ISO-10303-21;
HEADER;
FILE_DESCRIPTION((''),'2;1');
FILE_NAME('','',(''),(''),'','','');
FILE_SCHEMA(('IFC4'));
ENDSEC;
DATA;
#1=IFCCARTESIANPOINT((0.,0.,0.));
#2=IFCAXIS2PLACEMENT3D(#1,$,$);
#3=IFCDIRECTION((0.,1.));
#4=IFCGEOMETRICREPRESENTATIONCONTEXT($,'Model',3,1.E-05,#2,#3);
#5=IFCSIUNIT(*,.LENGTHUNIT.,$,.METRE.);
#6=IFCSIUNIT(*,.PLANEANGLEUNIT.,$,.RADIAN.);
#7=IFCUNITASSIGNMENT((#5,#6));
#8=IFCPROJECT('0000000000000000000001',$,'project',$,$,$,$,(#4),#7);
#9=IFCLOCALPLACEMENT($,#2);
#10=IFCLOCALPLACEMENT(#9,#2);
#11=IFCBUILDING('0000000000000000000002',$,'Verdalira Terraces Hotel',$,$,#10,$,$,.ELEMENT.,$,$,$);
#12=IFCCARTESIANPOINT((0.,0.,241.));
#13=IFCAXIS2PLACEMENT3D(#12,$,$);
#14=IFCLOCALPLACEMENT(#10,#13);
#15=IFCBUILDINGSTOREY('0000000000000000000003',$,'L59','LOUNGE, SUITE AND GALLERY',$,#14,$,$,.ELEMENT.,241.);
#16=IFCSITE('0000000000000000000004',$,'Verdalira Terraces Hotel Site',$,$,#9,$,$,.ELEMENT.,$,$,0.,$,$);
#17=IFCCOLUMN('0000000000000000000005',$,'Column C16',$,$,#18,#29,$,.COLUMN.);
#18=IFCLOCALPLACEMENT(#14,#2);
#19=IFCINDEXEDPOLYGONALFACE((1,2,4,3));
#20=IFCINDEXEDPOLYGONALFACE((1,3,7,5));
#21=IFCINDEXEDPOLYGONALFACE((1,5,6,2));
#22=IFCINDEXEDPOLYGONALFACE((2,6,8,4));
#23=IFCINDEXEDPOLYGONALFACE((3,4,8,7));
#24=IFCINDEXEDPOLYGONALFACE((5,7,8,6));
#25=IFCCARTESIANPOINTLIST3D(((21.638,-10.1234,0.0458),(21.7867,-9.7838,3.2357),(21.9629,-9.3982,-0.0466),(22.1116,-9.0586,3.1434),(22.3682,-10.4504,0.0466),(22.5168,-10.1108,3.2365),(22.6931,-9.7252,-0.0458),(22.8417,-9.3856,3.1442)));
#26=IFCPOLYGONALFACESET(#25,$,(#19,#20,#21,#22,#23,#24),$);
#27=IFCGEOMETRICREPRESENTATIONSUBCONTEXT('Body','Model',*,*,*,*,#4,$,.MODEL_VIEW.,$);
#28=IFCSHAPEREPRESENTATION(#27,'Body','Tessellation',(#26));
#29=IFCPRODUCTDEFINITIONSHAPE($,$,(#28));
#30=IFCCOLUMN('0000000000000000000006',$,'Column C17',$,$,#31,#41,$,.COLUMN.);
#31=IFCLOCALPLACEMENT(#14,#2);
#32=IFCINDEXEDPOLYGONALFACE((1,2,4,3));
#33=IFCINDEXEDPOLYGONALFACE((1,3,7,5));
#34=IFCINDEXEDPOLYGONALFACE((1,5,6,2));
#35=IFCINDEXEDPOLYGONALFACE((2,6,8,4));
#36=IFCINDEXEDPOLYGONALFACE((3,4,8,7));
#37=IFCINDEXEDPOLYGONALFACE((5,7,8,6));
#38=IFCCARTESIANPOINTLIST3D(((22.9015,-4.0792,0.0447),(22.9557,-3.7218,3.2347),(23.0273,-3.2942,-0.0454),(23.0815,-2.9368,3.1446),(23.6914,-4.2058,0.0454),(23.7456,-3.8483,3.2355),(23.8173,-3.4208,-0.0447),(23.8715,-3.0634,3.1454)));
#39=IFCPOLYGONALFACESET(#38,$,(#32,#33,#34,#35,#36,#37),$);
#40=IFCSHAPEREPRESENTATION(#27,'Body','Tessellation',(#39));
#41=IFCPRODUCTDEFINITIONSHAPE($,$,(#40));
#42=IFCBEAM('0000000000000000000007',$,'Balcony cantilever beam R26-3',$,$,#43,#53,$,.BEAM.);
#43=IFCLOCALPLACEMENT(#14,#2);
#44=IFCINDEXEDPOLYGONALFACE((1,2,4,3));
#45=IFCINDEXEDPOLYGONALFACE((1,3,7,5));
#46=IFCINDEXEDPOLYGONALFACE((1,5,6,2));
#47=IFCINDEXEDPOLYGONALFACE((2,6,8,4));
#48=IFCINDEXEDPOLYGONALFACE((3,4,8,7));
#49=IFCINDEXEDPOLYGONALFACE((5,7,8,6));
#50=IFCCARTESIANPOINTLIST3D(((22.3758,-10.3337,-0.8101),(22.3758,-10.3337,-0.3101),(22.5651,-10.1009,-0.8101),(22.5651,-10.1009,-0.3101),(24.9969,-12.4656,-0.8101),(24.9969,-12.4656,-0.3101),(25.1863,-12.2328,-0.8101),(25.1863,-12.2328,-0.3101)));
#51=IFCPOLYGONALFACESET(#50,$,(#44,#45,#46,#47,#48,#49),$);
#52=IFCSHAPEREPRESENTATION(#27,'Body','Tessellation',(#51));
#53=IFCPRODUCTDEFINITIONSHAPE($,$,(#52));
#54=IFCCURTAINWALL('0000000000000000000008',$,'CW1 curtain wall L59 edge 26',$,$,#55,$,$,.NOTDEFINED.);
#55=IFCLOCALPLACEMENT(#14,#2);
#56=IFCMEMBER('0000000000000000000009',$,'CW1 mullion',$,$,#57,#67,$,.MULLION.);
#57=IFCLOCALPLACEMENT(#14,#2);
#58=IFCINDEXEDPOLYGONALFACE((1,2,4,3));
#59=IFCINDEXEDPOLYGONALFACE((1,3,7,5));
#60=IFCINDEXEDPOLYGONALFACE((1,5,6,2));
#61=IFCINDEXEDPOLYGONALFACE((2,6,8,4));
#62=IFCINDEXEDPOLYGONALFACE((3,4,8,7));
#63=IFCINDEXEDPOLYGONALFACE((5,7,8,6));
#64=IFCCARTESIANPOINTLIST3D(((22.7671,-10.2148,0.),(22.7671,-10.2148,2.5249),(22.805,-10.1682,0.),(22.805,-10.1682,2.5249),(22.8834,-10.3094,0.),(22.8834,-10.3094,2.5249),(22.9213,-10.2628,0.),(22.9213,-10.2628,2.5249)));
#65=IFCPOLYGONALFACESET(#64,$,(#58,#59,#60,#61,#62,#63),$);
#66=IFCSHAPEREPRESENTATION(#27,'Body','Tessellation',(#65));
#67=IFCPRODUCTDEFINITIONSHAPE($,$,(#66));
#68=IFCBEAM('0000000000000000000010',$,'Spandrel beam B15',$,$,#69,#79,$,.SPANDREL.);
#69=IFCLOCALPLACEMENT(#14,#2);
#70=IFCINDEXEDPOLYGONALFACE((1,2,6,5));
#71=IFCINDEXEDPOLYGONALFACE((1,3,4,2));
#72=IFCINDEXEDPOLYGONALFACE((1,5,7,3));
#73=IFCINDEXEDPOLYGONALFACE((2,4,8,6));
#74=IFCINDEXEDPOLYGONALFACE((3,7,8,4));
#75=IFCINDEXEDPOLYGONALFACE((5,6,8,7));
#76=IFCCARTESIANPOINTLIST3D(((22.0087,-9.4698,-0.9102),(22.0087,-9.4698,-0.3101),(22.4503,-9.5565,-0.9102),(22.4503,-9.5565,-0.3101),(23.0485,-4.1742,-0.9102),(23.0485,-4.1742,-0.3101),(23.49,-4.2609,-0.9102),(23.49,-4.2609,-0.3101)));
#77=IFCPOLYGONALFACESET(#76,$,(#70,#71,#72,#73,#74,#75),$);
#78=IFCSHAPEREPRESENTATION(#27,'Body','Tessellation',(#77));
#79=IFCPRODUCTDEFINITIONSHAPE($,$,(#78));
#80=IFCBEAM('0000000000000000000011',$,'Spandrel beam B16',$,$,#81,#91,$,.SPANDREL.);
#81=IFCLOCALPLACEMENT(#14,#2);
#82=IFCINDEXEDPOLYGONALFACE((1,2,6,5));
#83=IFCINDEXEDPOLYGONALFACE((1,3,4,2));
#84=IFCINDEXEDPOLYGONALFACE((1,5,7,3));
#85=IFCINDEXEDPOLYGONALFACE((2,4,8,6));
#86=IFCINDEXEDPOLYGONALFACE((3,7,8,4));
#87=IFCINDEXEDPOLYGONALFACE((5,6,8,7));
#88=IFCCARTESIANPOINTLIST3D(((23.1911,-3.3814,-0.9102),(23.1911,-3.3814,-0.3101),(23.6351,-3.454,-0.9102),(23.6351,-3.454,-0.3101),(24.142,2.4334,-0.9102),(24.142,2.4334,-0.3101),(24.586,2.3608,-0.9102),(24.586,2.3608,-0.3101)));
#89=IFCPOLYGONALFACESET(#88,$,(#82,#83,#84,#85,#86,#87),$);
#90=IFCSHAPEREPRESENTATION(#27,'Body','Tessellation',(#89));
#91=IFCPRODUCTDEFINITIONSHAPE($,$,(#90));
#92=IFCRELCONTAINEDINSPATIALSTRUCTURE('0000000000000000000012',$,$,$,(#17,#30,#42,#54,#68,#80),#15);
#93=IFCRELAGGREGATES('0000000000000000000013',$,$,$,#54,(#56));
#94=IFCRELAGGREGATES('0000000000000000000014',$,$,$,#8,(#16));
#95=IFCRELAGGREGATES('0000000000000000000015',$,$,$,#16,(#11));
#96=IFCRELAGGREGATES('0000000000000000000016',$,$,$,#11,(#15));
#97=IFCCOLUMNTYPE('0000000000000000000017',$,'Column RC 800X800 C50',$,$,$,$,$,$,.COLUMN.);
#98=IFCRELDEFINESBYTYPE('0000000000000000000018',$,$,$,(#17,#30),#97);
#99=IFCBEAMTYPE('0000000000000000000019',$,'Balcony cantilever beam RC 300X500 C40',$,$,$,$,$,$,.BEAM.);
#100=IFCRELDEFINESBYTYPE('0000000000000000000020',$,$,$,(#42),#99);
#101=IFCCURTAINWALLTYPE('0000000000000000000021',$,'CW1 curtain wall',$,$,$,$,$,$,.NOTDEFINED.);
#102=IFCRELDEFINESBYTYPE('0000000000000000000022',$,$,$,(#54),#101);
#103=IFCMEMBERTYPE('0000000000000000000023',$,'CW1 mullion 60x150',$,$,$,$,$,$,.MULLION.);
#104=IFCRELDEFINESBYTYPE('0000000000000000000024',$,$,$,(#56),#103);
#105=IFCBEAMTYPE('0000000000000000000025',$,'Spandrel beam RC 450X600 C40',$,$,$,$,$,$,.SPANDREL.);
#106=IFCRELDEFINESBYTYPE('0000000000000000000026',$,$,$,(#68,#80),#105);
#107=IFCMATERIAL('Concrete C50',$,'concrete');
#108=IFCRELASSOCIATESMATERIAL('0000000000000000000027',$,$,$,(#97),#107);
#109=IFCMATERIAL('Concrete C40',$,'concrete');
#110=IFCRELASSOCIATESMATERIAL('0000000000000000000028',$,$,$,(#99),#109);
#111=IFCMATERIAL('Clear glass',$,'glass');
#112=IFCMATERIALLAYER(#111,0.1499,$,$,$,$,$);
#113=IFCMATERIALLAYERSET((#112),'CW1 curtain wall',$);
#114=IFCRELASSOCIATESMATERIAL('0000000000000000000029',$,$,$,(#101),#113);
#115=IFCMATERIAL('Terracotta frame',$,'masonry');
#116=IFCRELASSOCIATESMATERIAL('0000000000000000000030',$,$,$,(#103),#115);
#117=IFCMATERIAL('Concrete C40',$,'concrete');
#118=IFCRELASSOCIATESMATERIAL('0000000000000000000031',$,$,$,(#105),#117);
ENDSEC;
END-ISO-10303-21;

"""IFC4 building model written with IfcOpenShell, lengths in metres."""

from ifc_helpers import new_model, si_unit, direction, frame, origin, origin_2d, place, context, subcontext, project, spatial, rectangle, extrude, material, layer, layer_set, material_profile, profile_set, type_object, element, aggregate, save


model = new_model("IFC4")

# Units and contexts
model_context = context("Model", 3, precision=1e-05, world=origin(), true_north=direction((0.0, 1.0)))
body_context = subcontext(model_context, "Body", "Model", "MODEL_VIEW")
ifc_project = project(units=[si_unit("LENGTHUNIT", "METRE"), si_unit("PLANEANGLEUNIT", "RADIAN")], contexts=[model_context])

# Site, building, storey
site_placement = place(None, origin())
site = spatial("IfcSite", under=ifc_project, at=site_placement, Name="Verdalira Terraces Hotel Site", CompositionType="ELEMENT", RefElevation=0.0)
building_placement = place(site_placement, origin())
building = spatial("IfcBuilding", under=site, at=building_placement, Name="Verdalira Terraces Hotel", CompositionType="ELEMENT")
storey_placement = place(building_placement, frame((0.0, 0.0, 241.0)))
storey = spatial("IfcBuildingStorey", under=building, at=storey_placement, Name="L59", Description="LOUNGE, SUITE AND GALLERY", CompositionType="ELEMENT", Elevation=241.0)

# Columns
ifc_material_1 = material(Name="Concrete C50", Category="concrete")
ifc_material_profile_1 = material_profile(ifc_material_1, rectangle(XDim=0.8, YDim=0.8, at=origin_2d()), Name="RC 800X800")
ifc_profile_set_1 = profile_set([ifc_material_profile_1], Name="Concrete C50")
column_type = type_object("IfcColumnType", Name="Column RC 800X800 C50", PredefinedType="COLUMN", material=ifc_profile_set_1)
column_1_placement = place(storey_placement, frame((22.1655, -9.9243, 0.0), z_axis=(0.046298, 0.105748, 0.993315), x_axis=(-0.406091, -0.906513, 0.115435)))
element("IfcColumn", 1, at=column_1_placement, inside=storey, type_object=column_type, Name="Column C16", PredefinedType="COLUMN", context=body_context, shape_type="SweptSolid", body=[
    extrude(rectangle(XDim=0.8, YDim=0.8, at=origin_2d()), origin(), (0.0, 0.0, 1.0), 3.2114),
])
column_2_placement = place(storey_placement, frame((23.3594, -3.75, 0.0), z_axis=(0.016883, 0.111334, 0.99364), x_axis=(0.157303, 0.98111, -0.112603)))
element("IfcColumn", 2, at=column_2_placement, inside=storey, type_object=column_type, Name="Column C17", PredefinedType="COLUMN", context=body_context, shape_type="SweptSolid", body=[
    extrude(rectangle(XDim=0.8, YDim=0.8, at=origin_2d()), origin(), (0.0, 0.0, 1.0), 3.2104),
])

# Beam
ifc_material_2 = material(Name="Concrete C40", Category="concrete")
ifc_material_profile_2 = material_profile(ifc_material_2, rectangle(XDim=0.3, YDim=0.5, at=origin_2d()), Name="RC 300X500")
ifc_profile_set_2 = profile_set([ifc_material_profile_2], Name="Concrete C40")
beam_type_1 = type_object("IfcBeamType", Name="Balcony cantilever beam RC 300X500 C40", PredefinedType="BEAM", material=ifc_profile_set_2)
beam_1_placement = place(storey_placement, frame((22.4705, -10.2173, -0.5601), z_axis=(0.775796, -0.630984, 0.0), x_axis=(0.630984, 0.775796, 0.0)))
element("IfcBeam", 3, at=beam_1_placement, inside=storey, type_object=beam_type_1, Name="Balcony cantilever beam R26-3", PredefinedType="BEAM", context=body_context, shape_type="SweptSolid", body=[
    extrude(rectangle(XDim=0.3, YDim=0.5, at=origin_2d()), origin(), (0.0, 0.0, 1.0), 3.3787),
])

# Curtain wall, member
ifc_material_3 = material(Name="Clear glass", Category="glass")
ifc_layer_1 = layer(ifc_material_3, 0.1499)
ifc_layer_set_1 = layer_set([ifc_layer_1], Name="CW1 curtain wall")
curtain_wall_type = type_object("IfcCurtainWallType", Name="CW1 curtain wall", PredefinedType="NOTDEFINED", material=ifc_layer_set_1)
curtain_wall_placement = place(storey_placement, origin())
curtain_wall = element("IfcCurtainWall", 4, at=curtain_wall_placement, inside=storey, type_object=curtain_wall_type, Name="CW1 curtain wall L59 edge 26", PredefinedType="NOTDEFINED")
ifc_material_4 = material(Name="Terracotta frame", Category="masonry")
ifc_material_profile_3 = material_profile(ifc_material_4, rectangle(XDim=0.0601, YDim=0.1499, at=origin_2d()), Name="MU 60x150")
ifc_profile_set_3 = profile_set([ifc_material_profile_3], Name="Terracotta frame")
member_type = type_object("IfcMemberType", Name="CW1 mullion 60x150", PredefinedType="MULLION", material=ifc_profile_set_3)
member_placement = place(storey_placement, frame((22.8442, -10.2388, 0.0), z_axis=(0.0, 0.0, 1.0), x_axis=(0.630947, 0.775826, 0.0)))
member = element("IfcMember", 5, at=member_placement, type_object=member_type, Name="CW1 mullion", PredefinedType="MULLION", context=body_context, shape_type="SweptSolid", body=[
    extrude(rectangle(XDim=0.0601, YDim=0.1499, at=origin_2d()), origin(), (0.0, 0.0, 1.0), 2.5249),
])
aggregate(curtain_wall, [member])

# Beams
ifc_material_5 = material(Name="Concrete C40", Category="concrete")
ifc_material_profile_4 = material_profile(ifc_material_5, rectangle(XDim=0.45, YDim=0.6001, at=origin_2d()), Name="RC 450X600")
ifc_profile_set_4 = profile_set([ifc_material_profile_4], Name="Concrete C40")
beam_type_2 = type_object("IfcBeamType", Name="Spandrel beam RC 450X600 C40", PredefinedType="SPANDREL", material=ifc_profile_set_4)
beam_2_placement = place(storey_placement, frame((22.2295, -9.5132, -0.6101), z_axis=(0.19267, 0.981264, 0.0), x_axis=(-0.981264, 0.19267, 0.0)))
element("IfcBeam", 6, at=beam_2_placement, inside=storey, type_object=beam_type_2, Name="Spandrel beam B15", PredefinedType="SPANDREL", context=body_context, shape_type="SweptSolid", body=[
    extrude(rectangle(XDim=0.45, YDim=0.6001, at=origin_2d()), origin(), (0.0, 0.0, 1.0), 5.3967),
])
beam_3_placement = place(storey_placement, frame((23.4131, -3.4177, -0.6101), z_axis=(0.161388, 0.986891, 0.0), x_axis=(-0.986891, 0.161388, 0.0)))
element("IfcBeam", 7, at=beam_3_placement, inside=storey, type_object=beam_type_2, Name="Spandrel beam B16", PredefinedType="SPANDREL", context=body_context, shape_type="SweptSolid", body=[
    extrude(rectangle(XDim=0.45, YDim=0.6001, at=origin_2d()), origin(), (0.0, 0.0, 1.0), 5.8921),
])

save(model, "model.ifc")
